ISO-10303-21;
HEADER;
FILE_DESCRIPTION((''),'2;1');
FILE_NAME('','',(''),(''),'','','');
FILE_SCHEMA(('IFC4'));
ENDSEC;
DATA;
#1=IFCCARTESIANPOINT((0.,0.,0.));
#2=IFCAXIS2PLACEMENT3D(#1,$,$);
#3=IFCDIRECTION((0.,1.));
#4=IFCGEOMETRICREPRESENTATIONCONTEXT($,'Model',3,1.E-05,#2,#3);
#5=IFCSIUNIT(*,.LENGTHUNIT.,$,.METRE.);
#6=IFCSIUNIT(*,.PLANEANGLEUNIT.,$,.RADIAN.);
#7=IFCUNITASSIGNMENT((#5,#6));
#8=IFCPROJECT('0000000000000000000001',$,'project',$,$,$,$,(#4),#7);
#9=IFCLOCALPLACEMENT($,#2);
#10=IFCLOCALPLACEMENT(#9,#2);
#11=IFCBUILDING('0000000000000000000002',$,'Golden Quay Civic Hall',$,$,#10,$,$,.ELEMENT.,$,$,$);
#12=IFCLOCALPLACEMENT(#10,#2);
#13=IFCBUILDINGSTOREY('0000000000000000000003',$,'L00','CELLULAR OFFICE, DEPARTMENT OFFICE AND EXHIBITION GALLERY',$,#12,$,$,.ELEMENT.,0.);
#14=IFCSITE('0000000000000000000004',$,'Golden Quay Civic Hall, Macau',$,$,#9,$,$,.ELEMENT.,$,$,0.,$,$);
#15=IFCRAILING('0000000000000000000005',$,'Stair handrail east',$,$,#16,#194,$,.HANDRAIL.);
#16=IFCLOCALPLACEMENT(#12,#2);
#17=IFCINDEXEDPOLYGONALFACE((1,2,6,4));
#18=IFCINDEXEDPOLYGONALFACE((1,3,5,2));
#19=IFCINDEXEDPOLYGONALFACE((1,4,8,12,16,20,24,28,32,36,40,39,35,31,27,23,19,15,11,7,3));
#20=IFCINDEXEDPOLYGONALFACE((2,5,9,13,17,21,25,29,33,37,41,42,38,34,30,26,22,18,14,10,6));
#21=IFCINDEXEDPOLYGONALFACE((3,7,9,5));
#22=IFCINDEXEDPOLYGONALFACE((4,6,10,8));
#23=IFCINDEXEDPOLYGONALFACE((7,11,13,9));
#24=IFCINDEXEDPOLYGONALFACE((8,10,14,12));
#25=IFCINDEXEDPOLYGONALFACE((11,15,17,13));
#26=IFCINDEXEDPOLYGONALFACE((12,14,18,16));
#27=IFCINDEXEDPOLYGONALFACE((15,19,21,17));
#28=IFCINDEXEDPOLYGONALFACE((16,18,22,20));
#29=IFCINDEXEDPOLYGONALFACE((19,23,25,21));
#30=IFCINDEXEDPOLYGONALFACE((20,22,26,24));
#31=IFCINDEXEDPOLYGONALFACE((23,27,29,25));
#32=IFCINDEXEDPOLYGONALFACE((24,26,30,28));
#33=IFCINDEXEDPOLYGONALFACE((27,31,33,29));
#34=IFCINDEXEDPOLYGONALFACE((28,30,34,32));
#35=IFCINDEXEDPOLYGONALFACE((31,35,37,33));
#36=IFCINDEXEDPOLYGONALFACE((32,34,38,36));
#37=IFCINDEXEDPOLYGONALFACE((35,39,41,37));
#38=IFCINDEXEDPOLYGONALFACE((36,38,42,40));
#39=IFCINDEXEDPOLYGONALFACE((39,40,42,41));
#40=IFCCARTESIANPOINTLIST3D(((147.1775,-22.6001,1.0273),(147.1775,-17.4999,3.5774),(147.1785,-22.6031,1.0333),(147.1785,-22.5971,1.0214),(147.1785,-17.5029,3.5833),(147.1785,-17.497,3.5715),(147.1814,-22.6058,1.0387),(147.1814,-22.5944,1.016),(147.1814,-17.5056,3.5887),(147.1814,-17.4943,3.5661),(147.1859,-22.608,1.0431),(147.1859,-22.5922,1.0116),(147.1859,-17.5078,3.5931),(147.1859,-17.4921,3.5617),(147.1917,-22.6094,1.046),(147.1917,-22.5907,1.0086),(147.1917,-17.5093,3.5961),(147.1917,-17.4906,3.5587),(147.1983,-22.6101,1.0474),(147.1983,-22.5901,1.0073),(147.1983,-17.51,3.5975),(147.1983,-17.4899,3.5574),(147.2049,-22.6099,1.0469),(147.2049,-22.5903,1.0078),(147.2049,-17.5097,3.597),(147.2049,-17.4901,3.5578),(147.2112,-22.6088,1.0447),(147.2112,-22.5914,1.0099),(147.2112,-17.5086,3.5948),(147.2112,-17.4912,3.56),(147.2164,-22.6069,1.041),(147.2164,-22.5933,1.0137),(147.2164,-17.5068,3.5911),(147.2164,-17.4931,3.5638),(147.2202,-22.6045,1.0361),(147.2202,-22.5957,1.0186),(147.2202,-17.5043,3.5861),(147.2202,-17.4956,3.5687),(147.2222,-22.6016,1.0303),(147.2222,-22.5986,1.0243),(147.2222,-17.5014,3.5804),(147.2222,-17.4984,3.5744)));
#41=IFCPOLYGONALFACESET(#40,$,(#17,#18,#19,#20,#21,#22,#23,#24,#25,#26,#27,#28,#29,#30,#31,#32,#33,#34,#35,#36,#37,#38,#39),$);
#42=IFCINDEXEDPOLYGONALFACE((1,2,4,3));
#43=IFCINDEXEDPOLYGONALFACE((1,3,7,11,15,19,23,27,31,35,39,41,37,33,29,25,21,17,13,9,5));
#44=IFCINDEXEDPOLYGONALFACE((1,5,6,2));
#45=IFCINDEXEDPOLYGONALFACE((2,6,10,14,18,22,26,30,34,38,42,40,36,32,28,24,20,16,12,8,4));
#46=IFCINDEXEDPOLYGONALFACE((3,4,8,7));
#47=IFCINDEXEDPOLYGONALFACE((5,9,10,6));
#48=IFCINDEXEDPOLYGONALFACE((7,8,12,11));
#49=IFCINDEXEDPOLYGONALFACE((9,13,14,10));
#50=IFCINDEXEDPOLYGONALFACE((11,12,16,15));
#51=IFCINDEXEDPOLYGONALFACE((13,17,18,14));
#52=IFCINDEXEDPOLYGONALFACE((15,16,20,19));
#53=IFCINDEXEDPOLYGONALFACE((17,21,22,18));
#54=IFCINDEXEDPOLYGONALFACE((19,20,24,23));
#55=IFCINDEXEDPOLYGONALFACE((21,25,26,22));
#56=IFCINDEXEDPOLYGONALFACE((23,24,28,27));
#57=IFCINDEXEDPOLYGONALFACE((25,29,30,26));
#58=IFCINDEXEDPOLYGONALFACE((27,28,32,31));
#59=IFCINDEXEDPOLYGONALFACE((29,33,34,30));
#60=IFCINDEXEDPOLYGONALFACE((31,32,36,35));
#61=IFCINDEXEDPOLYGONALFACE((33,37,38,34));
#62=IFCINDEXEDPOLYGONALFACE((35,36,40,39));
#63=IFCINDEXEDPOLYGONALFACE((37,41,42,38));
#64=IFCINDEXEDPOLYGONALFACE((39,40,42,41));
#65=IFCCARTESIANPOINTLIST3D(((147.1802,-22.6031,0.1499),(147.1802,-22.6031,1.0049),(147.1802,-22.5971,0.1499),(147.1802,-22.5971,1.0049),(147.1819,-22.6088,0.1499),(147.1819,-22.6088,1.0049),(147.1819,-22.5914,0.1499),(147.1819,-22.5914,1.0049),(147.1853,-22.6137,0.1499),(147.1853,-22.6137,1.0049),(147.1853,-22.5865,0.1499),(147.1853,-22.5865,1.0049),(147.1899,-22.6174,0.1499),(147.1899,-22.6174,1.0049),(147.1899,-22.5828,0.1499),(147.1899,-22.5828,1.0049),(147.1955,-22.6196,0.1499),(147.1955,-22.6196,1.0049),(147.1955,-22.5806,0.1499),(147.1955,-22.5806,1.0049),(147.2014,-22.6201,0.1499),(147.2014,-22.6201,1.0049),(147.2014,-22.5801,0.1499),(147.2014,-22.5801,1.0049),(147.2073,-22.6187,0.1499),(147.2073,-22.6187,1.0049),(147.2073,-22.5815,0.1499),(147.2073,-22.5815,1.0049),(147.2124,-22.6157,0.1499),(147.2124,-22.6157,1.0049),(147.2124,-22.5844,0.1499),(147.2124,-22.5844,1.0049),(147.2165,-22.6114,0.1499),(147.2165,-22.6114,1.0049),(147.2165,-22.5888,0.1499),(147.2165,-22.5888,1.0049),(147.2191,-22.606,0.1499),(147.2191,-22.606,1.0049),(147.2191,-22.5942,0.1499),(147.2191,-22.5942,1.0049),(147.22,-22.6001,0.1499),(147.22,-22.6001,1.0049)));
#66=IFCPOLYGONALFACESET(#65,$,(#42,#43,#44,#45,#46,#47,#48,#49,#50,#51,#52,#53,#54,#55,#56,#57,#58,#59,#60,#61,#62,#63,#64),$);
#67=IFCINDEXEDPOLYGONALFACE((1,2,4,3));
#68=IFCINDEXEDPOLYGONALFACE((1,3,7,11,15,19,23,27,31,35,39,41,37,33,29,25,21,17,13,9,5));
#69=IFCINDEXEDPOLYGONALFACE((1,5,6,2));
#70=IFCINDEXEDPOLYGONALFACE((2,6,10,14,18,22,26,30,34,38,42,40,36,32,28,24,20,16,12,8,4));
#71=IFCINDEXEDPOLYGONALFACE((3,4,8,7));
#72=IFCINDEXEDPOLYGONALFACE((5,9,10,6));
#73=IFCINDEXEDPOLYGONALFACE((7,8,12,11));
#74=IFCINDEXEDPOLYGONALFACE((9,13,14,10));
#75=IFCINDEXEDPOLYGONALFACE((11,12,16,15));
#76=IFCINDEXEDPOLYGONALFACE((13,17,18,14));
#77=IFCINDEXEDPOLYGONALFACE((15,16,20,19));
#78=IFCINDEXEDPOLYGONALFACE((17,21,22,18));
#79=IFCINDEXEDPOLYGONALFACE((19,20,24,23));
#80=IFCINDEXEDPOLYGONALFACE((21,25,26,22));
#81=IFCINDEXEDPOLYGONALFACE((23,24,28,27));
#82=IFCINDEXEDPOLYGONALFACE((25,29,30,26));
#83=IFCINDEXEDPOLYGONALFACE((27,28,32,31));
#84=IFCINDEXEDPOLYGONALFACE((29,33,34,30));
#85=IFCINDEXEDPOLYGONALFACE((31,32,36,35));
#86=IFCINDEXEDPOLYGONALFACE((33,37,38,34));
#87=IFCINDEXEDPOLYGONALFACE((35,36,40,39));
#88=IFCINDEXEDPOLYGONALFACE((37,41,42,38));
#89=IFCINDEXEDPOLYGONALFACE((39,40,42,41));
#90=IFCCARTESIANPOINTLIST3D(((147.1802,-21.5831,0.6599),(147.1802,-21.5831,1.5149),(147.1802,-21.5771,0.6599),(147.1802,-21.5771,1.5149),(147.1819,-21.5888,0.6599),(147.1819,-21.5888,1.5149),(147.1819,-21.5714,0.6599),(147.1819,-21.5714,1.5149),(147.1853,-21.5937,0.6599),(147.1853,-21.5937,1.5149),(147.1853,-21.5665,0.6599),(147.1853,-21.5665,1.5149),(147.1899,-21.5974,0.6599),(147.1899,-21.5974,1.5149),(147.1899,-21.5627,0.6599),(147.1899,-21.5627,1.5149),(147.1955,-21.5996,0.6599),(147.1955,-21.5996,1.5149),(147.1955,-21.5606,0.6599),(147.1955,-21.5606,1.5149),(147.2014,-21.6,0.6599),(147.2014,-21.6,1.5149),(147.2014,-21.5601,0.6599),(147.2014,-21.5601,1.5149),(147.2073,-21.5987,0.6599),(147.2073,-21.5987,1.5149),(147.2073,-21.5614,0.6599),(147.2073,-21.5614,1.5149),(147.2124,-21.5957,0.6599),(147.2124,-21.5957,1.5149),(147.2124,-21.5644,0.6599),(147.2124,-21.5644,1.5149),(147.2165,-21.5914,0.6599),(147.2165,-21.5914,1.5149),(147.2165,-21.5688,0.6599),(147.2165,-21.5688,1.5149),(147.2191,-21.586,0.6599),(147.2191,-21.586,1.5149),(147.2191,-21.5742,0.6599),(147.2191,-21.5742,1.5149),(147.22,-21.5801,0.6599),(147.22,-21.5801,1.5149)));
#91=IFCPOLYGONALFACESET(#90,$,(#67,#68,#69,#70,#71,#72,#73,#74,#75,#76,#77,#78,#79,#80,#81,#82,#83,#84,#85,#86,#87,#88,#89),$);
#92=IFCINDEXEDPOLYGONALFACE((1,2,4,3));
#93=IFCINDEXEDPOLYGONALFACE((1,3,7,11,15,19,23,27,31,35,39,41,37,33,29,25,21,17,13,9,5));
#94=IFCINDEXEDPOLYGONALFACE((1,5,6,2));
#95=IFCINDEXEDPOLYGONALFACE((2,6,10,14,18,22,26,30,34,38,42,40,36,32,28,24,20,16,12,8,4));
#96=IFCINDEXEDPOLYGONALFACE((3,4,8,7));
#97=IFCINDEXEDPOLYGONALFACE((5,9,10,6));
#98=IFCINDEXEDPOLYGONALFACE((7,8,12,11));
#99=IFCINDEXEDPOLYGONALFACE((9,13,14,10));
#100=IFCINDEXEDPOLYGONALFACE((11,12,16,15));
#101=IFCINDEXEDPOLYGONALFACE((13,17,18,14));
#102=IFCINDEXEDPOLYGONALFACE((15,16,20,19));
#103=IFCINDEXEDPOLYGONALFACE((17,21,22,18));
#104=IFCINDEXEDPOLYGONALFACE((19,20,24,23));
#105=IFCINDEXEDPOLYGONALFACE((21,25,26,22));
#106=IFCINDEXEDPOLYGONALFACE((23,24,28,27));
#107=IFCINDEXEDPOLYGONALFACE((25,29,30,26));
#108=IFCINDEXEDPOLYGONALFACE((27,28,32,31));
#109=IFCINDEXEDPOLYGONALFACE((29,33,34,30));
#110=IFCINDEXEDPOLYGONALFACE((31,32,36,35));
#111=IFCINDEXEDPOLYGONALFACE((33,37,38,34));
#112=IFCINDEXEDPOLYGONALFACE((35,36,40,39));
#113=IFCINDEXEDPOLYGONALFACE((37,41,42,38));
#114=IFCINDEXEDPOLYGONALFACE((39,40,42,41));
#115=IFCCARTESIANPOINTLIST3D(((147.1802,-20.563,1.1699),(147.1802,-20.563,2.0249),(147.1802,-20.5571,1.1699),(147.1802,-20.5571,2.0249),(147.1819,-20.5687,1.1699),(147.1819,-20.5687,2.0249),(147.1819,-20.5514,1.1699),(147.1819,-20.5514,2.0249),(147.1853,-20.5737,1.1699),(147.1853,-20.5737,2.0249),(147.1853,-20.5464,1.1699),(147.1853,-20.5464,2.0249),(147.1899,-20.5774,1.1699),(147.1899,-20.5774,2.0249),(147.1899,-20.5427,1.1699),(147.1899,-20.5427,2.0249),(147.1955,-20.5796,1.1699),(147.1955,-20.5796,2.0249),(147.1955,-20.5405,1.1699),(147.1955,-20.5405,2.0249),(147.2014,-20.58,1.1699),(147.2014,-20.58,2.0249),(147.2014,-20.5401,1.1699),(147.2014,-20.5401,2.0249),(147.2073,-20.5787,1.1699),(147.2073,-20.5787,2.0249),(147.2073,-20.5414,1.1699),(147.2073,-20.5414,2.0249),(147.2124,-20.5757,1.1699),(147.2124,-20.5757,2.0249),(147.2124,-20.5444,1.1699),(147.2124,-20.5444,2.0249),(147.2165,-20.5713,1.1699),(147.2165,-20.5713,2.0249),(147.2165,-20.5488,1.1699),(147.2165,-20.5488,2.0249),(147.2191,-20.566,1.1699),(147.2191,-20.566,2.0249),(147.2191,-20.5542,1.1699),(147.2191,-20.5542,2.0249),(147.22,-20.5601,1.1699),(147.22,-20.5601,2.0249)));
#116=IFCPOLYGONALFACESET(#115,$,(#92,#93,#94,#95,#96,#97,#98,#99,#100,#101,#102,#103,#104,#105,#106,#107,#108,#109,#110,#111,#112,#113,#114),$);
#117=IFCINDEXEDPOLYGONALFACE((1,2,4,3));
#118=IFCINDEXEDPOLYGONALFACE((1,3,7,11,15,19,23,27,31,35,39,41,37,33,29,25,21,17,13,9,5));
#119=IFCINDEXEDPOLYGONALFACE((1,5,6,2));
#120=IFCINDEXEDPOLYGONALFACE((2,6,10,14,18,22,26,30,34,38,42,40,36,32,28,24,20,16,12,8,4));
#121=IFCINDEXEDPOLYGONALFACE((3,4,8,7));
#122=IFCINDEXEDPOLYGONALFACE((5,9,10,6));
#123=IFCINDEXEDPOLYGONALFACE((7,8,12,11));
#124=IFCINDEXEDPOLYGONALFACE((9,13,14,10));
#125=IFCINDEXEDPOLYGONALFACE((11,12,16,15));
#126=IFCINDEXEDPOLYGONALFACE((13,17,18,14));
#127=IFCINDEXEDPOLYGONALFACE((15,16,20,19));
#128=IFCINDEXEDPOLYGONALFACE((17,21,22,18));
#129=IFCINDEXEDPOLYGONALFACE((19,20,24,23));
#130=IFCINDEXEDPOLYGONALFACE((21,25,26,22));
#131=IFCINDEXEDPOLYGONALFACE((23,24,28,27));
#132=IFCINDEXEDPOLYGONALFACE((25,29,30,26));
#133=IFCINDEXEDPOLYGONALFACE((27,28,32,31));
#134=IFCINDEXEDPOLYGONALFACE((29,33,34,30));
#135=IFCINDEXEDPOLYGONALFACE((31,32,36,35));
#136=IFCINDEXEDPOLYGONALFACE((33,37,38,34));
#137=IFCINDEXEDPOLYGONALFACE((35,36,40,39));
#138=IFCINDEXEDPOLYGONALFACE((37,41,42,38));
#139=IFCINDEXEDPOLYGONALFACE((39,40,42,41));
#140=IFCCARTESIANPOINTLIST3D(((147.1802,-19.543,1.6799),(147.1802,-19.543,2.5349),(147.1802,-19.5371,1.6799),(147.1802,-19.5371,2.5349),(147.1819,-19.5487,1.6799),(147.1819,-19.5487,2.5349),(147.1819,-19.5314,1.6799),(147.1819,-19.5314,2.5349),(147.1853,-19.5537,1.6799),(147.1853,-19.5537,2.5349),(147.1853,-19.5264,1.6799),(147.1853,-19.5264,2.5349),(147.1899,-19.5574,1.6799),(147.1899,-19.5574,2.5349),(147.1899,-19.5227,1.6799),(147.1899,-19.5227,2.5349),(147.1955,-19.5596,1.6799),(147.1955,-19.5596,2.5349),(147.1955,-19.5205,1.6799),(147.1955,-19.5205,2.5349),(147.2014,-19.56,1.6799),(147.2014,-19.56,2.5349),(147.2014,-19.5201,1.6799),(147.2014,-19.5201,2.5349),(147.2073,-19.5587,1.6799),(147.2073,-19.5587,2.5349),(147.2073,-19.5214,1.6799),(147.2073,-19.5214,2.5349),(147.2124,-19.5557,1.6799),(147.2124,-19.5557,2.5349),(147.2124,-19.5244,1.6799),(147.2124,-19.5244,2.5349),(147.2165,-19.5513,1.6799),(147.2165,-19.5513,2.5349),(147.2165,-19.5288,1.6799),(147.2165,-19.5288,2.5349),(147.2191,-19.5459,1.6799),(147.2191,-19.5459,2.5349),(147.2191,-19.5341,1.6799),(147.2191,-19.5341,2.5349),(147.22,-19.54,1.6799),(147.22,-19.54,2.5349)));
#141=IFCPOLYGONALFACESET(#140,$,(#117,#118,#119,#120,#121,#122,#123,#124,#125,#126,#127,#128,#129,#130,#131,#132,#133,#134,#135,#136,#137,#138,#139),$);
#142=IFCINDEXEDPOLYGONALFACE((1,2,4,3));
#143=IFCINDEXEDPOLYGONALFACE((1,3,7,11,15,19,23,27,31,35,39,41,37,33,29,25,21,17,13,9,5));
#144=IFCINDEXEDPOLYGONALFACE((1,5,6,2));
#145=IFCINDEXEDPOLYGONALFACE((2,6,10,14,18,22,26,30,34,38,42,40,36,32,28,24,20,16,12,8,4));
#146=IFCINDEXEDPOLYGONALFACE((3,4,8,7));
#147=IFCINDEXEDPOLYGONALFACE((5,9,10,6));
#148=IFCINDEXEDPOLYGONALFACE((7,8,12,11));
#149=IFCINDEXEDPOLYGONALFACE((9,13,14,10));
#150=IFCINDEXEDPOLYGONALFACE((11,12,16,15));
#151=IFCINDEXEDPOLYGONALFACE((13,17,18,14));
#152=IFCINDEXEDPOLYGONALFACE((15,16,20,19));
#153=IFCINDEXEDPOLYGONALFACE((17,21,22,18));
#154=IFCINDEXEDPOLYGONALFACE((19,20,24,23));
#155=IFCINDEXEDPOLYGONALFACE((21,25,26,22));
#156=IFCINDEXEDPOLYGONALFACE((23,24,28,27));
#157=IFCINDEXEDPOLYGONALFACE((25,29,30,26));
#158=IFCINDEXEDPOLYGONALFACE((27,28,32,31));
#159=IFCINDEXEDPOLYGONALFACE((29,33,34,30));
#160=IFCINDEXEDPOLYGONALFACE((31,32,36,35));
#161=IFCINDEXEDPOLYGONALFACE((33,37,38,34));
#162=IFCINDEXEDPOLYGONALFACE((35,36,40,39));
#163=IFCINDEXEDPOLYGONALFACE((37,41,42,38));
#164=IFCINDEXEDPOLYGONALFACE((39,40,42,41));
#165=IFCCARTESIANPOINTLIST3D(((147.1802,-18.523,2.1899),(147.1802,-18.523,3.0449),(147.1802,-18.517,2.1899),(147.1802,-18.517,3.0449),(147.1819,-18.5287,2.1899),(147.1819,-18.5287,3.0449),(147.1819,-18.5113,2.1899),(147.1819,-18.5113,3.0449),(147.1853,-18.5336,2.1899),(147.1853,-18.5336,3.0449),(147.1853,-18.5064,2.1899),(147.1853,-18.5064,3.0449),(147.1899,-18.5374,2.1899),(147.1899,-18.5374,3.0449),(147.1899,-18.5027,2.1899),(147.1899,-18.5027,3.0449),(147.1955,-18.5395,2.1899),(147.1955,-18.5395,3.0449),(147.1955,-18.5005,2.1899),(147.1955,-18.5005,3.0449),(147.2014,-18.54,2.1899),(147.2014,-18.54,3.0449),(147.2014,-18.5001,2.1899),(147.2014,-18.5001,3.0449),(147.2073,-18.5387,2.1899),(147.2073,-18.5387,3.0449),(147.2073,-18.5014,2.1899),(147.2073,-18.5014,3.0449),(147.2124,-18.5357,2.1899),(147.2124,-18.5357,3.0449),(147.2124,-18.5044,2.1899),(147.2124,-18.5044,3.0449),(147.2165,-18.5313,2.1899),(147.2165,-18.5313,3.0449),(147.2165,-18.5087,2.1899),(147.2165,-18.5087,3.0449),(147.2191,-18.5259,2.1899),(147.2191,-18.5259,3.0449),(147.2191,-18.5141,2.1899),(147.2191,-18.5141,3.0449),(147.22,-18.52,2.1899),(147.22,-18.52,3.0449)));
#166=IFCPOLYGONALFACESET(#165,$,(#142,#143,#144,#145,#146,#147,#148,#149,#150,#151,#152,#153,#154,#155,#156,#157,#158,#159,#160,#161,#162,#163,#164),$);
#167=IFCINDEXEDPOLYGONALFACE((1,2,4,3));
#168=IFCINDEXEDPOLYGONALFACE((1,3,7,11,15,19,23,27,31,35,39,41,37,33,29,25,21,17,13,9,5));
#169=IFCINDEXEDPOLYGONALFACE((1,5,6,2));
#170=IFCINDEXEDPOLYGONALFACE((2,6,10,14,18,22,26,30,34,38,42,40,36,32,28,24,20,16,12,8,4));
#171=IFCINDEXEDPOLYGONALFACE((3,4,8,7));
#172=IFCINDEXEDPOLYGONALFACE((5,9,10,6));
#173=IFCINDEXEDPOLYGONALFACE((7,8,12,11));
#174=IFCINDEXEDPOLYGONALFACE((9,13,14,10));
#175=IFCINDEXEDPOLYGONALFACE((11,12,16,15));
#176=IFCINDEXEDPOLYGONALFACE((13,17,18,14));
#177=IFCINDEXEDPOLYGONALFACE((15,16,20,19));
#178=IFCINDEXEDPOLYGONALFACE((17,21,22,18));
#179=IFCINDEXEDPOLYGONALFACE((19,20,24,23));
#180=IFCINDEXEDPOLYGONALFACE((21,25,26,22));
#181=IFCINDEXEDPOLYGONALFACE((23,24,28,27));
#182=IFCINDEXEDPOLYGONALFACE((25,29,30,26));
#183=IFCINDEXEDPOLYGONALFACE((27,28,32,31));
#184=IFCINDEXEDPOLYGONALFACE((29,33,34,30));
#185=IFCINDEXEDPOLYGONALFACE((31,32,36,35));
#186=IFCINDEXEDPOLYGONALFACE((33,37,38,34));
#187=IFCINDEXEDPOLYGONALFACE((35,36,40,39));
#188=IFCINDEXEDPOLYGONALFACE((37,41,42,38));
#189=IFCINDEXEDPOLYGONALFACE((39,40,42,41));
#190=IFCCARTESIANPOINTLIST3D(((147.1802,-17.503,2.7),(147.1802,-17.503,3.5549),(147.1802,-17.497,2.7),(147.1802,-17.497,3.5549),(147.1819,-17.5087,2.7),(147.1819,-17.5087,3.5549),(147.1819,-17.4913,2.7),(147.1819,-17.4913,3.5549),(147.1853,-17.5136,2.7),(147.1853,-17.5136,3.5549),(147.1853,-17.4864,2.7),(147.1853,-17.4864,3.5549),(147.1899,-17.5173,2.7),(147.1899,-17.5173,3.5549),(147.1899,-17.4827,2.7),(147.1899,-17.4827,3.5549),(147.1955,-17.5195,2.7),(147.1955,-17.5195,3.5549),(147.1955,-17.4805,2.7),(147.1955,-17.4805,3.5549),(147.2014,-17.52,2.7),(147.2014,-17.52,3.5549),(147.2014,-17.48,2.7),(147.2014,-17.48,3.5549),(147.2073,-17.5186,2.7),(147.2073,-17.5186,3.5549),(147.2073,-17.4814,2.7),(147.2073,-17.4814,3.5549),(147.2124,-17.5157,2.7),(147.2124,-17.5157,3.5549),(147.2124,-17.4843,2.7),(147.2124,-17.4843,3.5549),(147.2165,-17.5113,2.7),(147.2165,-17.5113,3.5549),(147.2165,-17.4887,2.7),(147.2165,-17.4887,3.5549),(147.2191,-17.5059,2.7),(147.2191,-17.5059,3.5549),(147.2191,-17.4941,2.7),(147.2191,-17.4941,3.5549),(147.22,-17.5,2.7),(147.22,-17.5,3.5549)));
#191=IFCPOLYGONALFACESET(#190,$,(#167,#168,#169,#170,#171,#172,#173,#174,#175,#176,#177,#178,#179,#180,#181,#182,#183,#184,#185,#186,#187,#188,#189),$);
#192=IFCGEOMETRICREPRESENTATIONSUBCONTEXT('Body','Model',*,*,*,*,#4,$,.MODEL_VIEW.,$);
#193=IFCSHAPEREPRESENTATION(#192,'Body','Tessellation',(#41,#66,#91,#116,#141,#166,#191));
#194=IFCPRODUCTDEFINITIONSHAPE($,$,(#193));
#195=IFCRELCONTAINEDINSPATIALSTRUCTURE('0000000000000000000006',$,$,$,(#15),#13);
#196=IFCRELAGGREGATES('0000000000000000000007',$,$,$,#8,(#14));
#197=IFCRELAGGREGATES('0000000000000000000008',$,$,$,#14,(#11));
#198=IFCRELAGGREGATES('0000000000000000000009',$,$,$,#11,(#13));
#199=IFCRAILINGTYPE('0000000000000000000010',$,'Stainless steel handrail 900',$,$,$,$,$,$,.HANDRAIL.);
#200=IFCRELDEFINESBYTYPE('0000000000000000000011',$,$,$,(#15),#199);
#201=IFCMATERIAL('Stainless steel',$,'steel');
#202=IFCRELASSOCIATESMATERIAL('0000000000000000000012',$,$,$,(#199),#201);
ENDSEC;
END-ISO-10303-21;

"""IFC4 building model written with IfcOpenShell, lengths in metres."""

from ifc_helpers import new_model, si_unit, direction, frame, origin, origin_2d, place, context, subcontext, project, spatial, circle, extrude, material, type_object, element, save


model = new_model("IFC4")

# Units and contexts
model_context = context("Model", 3, precision=1e-05, world=origin(), true_north=direction((0.0, 1.0)))
body_context = subcontext(model_context, "Body", "Model", "MODEL_VIEW")
ifc_project = project(units=[si_unit("LENGTHUNIT", "METRE"), si_unit("PLANEANGLEUNIT", "RADIAN")], contexts=[model_context])

# Site, building, storey
site_placement = place(None, origin())
site = spatial("IfcSite", under=ifc_project, at=site_placement, Name="Golden Quay Civic Hall, Macau", CompositionType="ELEMENT", RefElevation=0.0)
building_placement = place(site_placement, origin())
building = spatial("IfcBuilding", under=site, at=building_placement, Name="Golden Quay Civic Hall", CompositionType="ELEMENT")
storey_placement = place(building_placement, origin())
storey = spatial("IfcBuildingStorey", under=building, at=storey_placement, Name="L00", Description="CELLULAR OFFICE, DEPARTMENT OFFICE AND EXHIBITION GALLERY", CompositionType="ELEMENT", Elevation=0.0)

# Railing
ifc_material_1 = material(Name="Stainless steel", Category="steel")
railing_type_1 = type_object("IfcRailingType", Name="Stainless steel handrail 900", PredefinedType="HANDRAIL", material=ifc_material_1)
railing_1_placement = place(storey_placement, frame((147.2, -22.6001, 0.1499)))
element("IfcRailing", 1, at=railing_1_placement, inside=storey, type_object=railing_type_1, Name="Stair handrail east", PredefinedType="HANDRAIL", context=body_context, shape_type="SweptSolid", body=[
    extrude(circle(Radius=0.0225, at=origin_2d()), frame((0.0, 0.0, 0.8774), z_axis=(0.0, 0.894427, 0.447214), x_axis=(-1.0, 0.0, 0.0)), (0.0, 0.0, 1.0), 5.7021),
    extrude(circle(Radius=0.02, at=origin_2d()), origin(), (0.0, 0.0, 1.0), 0.855),
    extrude(circle(Radius=0.02, at=origin_2d()), frame((0.0, 1.02, 0.51)), (0.0, 0.0, 1.0), 0.855),
    extrude(circle(Radius=0.02, at=origin_2d()), frame((0.0, 2.04, 1.02)), (0.0, 0.0, 1.0), 0.855),
    extrude(circle(Radius=0.02, at=origin_2d()), frame((0.0, 3.0601, 1.53)), (0.0, 0.0, 1.0), 0.855),
    extrude(circle(Radius=0.02, at=origin_2d()), frame((0.0, 4.0801, 2.04)), (0.0, 0.0, 1.0), 0.855),
    extrude(circle(Radius=0.02, at=origin_2d()), frame((0.0, 5.1001, 2.55)), (0.0, 0.0, 1.0), 0.855),
])

save(model, "model.ifc")
